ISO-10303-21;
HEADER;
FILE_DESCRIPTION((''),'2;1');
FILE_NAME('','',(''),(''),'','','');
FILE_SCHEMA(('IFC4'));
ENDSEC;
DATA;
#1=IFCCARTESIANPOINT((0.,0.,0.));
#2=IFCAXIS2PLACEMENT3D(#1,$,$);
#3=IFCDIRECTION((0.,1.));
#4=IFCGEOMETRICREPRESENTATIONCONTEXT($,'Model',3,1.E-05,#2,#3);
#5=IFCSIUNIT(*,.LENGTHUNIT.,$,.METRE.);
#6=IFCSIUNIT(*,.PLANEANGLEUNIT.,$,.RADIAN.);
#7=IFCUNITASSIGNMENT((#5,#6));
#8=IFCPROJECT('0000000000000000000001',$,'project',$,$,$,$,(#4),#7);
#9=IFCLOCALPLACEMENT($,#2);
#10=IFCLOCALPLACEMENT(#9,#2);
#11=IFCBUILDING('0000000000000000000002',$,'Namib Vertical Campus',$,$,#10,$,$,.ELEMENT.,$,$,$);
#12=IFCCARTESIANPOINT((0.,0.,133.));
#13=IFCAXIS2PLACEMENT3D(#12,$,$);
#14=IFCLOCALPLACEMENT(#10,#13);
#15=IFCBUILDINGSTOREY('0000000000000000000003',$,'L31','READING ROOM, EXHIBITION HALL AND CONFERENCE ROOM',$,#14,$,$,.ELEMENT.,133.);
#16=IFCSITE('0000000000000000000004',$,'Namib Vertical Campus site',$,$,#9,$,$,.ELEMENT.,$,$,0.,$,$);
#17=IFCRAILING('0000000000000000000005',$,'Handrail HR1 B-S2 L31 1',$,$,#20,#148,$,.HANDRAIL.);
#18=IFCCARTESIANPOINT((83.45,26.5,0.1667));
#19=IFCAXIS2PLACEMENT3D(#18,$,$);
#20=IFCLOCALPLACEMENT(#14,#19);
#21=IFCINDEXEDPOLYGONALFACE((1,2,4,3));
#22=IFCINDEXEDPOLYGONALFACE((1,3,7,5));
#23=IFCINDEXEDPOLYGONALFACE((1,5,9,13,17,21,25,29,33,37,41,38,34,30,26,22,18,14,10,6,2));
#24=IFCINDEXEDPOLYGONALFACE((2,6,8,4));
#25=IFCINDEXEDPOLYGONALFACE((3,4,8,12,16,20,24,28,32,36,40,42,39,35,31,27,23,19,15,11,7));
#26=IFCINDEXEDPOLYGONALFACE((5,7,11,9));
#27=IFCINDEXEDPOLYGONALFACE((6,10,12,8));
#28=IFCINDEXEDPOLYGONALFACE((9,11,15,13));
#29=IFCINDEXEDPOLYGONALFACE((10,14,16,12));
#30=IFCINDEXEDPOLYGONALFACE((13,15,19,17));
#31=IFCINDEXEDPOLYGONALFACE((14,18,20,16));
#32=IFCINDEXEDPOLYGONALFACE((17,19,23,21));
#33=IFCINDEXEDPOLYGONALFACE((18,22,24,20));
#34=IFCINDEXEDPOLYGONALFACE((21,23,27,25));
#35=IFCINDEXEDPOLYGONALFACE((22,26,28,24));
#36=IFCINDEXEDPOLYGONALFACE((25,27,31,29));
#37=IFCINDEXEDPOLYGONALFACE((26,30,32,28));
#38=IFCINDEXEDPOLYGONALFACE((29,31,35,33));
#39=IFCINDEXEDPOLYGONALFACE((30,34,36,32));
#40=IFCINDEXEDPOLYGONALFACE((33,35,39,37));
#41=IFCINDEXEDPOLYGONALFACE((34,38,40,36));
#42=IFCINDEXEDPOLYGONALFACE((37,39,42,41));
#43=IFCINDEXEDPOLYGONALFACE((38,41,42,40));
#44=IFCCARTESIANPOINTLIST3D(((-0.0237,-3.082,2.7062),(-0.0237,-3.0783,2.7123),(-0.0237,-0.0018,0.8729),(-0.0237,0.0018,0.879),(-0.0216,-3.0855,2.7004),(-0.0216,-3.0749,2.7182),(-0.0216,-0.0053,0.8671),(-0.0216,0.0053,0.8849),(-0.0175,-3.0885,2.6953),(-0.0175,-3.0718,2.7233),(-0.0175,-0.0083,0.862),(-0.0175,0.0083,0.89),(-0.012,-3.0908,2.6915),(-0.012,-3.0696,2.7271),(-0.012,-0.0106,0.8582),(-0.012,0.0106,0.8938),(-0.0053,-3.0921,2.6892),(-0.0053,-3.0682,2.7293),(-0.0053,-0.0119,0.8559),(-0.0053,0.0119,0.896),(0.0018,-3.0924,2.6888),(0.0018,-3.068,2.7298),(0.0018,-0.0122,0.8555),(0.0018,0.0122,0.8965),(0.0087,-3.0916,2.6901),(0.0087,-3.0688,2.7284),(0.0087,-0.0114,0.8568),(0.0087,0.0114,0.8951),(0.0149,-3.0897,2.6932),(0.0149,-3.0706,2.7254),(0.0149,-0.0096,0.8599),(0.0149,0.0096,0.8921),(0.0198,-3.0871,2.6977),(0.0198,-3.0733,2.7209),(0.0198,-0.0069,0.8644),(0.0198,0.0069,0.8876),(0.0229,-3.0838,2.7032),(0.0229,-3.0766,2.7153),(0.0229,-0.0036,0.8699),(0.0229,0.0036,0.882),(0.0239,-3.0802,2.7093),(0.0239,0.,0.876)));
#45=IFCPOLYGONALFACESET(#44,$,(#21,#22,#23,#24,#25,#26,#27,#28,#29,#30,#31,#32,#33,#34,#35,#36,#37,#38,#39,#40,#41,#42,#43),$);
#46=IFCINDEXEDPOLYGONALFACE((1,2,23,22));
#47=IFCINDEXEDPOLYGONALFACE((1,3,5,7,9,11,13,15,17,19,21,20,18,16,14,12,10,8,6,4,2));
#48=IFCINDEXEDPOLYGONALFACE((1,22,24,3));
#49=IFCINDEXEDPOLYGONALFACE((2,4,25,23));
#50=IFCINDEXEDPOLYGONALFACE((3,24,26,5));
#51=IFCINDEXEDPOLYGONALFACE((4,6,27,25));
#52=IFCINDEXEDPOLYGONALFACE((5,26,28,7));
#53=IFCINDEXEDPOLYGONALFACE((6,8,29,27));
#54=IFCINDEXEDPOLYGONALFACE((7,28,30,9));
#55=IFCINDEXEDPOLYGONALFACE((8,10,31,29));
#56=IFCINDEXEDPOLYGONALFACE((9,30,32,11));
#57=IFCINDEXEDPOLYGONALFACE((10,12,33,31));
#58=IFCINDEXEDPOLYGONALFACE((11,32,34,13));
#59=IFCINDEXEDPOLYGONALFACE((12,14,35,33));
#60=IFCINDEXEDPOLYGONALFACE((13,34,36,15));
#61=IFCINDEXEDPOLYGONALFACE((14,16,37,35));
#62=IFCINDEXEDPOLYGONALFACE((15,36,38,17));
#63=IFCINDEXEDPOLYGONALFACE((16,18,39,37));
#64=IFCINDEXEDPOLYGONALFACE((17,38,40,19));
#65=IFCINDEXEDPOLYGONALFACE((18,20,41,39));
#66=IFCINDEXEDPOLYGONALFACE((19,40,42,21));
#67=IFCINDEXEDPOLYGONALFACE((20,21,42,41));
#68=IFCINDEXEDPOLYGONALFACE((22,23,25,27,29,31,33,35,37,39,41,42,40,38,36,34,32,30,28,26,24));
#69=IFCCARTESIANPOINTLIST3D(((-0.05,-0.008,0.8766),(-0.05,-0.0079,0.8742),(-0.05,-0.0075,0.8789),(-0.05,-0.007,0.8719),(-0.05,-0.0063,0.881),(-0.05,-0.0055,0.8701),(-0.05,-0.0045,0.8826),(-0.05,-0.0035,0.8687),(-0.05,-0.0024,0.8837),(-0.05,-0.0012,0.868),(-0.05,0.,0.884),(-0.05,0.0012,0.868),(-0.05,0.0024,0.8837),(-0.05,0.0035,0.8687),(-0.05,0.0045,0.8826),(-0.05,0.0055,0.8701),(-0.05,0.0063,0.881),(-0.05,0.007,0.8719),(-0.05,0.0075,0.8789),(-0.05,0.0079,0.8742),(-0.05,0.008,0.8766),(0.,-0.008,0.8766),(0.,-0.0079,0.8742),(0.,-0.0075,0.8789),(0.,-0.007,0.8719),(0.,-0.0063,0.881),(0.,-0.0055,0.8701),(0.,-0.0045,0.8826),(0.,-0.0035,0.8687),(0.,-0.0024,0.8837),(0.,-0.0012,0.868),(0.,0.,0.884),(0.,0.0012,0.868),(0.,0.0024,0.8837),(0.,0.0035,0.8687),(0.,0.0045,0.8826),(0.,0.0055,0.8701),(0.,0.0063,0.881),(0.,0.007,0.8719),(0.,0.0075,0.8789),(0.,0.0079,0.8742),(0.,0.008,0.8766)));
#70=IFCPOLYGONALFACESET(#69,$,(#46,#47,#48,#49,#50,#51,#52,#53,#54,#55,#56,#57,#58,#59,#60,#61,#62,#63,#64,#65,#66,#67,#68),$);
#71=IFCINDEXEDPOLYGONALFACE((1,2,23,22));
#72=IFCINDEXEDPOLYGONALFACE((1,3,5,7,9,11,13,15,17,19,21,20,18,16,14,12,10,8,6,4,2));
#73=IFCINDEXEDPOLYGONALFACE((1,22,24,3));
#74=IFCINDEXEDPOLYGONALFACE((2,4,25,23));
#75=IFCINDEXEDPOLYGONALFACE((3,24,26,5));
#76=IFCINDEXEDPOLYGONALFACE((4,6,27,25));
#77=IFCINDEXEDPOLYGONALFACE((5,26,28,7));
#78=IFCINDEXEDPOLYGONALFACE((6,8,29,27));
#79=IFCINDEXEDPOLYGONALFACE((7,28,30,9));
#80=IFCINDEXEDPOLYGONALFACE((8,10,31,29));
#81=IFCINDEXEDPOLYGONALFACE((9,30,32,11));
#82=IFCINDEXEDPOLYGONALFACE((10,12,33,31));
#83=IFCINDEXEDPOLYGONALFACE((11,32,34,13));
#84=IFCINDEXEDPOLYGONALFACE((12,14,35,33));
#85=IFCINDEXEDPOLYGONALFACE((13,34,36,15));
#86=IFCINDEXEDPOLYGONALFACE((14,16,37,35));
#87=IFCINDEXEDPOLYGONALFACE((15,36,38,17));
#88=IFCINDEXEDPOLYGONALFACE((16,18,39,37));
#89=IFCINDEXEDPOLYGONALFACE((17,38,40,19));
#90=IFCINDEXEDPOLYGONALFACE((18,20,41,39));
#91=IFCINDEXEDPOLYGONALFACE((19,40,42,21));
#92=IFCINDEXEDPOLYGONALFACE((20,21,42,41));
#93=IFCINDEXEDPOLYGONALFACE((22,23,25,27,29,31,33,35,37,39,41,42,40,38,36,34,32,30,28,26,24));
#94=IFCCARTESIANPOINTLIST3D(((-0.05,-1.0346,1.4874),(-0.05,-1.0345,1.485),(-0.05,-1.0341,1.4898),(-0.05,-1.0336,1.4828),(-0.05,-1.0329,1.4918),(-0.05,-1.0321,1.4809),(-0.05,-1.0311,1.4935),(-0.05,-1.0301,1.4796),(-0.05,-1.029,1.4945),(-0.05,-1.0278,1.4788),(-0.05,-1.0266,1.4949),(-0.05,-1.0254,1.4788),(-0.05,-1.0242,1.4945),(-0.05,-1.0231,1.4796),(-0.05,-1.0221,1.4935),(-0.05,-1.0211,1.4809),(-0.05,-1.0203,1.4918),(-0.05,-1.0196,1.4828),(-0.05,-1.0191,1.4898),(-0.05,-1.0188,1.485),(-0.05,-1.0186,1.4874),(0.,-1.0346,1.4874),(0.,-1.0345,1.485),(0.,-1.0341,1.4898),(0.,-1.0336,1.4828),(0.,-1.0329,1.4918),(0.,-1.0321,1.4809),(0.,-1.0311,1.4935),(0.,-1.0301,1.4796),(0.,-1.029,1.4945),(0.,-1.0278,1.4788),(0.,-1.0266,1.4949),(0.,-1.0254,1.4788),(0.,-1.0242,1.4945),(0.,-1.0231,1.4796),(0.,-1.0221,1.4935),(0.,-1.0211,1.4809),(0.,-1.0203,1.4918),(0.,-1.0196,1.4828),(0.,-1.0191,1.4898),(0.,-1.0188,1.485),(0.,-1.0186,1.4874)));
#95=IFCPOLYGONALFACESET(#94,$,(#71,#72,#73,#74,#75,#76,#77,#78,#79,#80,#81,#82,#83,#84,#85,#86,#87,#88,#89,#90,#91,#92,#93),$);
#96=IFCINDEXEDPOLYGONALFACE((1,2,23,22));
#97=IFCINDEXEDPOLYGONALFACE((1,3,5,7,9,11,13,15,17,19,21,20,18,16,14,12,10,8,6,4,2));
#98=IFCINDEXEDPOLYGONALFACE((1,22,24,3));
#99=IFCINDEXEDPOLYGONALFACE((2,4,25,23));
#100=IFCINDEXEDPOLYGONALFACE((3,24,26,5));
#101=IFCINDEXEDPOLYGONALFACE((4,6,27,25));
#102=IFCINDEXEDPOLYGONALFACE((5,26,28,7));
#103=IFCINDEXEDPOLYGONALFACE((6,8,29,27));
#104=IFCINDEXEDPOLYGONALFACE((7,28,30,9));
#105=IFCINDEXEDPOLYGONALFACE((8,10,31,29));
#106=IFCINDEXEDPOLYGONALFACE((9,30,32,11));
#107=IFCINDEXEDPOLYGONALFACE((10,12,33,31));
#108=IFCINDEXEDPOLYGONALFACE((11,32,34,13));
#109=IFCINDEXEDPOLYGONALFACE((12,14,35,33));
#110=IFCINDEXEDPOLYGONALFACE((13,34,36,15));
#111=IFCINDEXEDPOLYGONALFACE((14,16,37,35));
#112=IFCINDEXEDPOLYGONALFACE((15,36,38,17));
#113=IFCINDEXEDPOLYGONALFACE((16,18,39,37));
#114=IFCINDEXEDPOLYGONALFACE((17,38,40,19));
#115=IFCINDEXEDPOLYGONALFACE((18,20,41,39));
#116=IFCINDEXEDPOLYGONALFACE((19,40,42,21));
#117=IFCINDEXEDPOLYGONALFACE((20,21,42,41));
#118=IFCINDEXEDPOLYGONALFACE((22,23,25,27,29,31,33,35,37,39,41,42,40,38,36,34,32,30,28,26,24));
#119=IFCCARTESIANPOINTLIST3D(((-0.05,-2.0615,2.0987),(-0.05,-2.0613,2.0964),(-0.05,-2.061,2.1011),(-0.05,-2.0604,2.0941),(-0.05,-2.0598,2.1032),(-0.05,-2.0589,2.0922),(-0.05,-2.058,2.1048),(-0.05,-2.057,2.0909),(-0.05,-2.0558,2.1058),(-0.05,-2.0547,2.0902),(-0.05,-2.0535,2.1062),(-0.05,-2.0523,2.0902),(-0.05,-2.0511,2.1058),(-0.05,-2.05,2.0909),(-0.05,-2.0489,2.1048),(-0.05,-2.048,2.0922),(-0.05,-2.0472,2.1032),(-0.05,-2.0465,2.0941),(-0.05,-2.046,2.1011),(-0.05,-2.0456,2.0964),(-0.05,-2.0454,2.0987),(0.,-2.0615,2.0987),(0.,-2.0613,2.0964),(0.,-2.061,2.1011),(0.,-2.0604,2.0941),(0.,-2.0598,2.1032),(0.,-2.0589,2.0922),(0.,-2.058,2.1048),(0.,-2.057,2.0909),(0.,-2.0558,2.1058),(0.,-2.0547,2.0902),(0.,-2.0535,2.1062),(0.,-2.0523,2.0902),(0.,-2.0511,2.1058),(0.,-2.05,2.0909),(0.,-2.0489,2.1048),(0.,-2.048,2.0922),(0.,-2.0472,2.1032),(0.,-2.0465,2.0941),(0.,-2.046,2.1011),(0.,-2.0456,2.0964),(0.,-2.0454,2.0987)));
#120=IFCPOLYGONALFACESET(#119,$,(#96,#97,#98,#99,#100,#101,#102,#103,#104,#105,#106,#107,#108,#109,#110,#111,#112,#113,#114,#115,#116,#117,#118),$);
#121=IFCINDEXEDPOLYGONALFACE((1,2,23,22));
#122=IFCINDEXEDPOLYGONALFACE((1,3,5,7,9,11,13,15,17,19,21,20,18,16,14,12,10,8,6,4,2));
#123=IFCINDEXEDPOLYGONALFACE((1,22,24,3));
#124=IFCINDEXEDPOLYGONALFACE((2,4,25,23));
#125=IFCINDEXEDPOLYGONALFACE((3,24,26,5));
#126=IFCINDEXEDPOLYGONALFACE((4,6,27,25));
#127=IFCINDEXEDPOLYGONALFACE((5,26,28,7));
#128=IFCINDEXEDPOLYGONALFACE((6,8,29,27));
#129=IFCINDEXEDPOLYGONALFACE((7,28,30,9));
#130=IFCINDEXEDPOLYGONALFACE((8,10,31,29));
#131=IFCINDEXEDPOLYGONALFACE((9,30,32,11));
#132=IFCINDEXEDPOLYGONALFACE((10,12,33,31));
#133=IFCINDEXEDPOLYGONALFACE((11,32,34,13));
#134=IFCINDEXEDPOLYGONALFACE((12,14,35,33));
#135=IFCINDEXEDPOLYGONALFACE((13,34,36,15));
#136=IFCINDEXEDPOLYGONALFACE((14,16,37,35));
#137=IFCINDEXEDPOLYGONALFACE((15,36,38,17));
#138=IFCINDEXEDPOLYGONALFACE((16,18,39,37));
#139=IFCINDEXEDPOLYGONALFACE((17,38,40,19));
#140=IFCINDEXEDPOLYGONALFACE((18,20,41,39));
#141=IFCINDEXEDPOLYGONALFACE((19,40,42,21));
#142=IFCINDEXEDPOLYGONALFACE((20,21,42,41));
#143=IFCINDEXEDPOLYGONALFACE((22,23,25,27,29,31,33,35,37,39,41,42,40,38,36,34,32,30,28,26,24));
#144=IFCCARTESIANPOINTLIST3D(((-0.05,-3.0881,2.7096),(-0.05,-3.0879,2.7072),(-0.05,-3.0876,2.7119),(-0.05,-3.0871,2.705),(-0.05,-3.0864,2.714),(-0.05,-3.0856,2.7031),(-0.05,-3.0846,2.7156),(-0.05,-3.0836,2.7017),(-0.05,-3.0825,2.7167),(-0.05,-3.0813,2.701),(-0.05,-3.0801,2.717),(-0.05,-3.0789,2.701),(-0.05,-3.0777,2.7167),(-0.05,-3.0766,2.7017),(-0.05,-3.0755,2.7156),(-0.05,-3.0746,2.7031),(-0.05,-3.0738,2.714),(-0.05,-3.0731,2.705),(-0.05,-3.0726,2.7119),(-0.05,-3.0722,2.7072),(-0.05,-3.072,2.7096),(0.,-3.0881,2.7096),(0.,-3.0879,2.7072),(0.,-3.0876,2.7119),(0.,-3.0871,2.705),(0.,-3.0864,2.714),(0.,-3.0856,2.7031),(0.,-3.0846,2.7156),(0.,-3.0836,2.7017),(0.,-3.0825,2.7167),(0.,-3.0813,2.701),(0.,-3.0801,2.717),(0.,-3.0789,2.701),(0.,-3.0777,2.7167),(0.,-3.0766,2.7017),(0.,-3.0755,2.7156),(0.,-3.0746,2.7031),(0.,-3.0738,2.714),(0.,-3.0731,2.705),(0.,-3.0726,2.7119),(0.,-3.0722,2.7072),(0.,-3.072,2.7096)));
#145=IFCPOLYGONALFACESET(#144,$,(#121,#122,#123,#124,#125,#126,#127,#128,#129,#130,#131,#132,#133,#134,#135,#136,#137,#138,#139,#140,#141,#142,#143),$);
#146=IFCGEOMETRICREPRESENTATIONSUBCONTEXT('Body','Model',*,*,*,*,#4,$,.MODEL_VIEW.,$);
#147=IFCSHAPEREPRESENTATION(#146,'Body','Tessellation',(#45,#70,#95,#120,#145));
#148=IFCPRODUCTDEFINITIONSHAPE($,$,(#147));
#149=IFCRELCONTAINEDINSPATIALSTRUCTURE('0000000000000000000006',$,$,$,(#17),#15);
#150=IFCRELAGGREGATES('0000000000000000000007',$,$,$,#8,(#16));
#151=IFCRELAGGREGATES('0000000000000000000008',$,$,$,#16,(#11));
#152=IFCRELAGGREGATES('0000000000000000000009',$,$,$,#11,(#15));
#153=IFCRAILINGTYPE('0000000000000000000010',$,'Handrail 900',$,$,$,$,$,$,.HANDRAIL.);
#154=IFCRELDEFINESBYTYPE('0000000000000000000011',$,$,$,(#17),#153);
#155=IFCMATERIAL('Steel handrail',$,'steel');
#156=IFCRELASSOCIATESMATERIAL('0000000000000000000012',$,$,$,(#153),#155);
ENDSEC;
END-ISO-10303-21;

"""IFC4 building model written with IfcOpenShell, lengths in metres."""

from ifc_helpers import new_model, si_unit, direction, frame, origin, origin_2d, place, context, subcontext, project, spatial, circle, extrude, material, type_object, element, save


model = new_model("IFC4")

# Units and contexts
model_context = context("Model", 3, precision=1e-05, world=origin(), true_north=direction((0.0, 1.0)))
body_context = subcontext(model_context, "Body", "Model", "MODEL_VIEW")
ifc_project = project(units=[si_unit("LENGTHUNIT", "METRE"), si_unit("PLANEANGLEUNIT", "RADIAN")], contexts=[model_context])

# Site, building, storey
site_placement = place(None, origin())
site = spatial("IfcSite", under=ifc_project, at=site_placement, Name="Namib Vertical Campus site", CompositionType="ELEMENT", RefElevation=0.0)
building_placement = place(site_placement, origin())
building = spatial("IfcBuilding", under=site, at=building_placement, Name="Namib Vertical Campus", CompositionType="ELEMENT")
storey_placement = place(building_placement, frame((0.0, 0.0, 133.0)))
storey = spatial("IfcBuildingStorey", under=building, at=storey_placement, Name="L31", Description="READING ROOM, EXHIBITION HALL AND CONFERENCE ROOM", CompositionType="ELEMENT", Elevation=133.0)

# Railing
ifc_material_1 = material(Name="Steel handrail", Category="steel")
railing_type = type_object("IfcRailingType", Name="Handrail 900", PredefinedType="HANDRAIL", material=ifc_material_1)
railing_placement = place(storey_placement, frame((83.45, 26.5, 0.1667)))
element("IfcRailing", 1, at=railing_placement, inside=storey, type_object=railing_type, Name="Handrail HR1 B-S2 L31 1", PredefinedType="HANDRAIL", context=body_context, shape_type="SweptSolid", body=[
    extrude(circle(Radius=0.0239, at=origin_2d()), frame((0.0, 0.0, 0.876), z_axis=(0.0, -0.859309, 0.511458), x_axis=(1.0, 0.0, 0.0)), (0.0, 0.0, 1.0), 3.5845),
    extrude(circle(Radius=0.0081, at=origin_2d()), frame((0.0, 0.0, 0.876), z_axis=(-1.0, 0.0, 0.0), x_axis=(0.0, 0.0, 1.0)), (0.0, 0.0, 1.0), 0.05),
    extrude(circle(Radius=0.0081, at=origin_2d()), frame((0.0, -1.0266, 1.4868), z_axis=(-1.0, 0.0, 0.0), x_axis=(0.0, 0.0, 1.0)), (0.0, 0.0, 1.0), 0.05),
    extrude(circle(Radius=0.0081, at=origin_2d()), frame((0.0, -2.0535, 2.0981), z_axis=(-1.0, 0.0, 0.0), x_axis=(0.0, 0.0, 1.0)), (0.0, 0.0, 1.0), 0.05),
    extrude(circle(Radius=0.0081, at=origin_2d()), frame((0.0, -3.0801, 2.709), z_axis=(-1.0, 0.0, 0.0), x_axis=(0.0, 0.0, 1.0)), (0.0, 0.0, 1.0), 0.05),
])

save(model, "model.ifc")
